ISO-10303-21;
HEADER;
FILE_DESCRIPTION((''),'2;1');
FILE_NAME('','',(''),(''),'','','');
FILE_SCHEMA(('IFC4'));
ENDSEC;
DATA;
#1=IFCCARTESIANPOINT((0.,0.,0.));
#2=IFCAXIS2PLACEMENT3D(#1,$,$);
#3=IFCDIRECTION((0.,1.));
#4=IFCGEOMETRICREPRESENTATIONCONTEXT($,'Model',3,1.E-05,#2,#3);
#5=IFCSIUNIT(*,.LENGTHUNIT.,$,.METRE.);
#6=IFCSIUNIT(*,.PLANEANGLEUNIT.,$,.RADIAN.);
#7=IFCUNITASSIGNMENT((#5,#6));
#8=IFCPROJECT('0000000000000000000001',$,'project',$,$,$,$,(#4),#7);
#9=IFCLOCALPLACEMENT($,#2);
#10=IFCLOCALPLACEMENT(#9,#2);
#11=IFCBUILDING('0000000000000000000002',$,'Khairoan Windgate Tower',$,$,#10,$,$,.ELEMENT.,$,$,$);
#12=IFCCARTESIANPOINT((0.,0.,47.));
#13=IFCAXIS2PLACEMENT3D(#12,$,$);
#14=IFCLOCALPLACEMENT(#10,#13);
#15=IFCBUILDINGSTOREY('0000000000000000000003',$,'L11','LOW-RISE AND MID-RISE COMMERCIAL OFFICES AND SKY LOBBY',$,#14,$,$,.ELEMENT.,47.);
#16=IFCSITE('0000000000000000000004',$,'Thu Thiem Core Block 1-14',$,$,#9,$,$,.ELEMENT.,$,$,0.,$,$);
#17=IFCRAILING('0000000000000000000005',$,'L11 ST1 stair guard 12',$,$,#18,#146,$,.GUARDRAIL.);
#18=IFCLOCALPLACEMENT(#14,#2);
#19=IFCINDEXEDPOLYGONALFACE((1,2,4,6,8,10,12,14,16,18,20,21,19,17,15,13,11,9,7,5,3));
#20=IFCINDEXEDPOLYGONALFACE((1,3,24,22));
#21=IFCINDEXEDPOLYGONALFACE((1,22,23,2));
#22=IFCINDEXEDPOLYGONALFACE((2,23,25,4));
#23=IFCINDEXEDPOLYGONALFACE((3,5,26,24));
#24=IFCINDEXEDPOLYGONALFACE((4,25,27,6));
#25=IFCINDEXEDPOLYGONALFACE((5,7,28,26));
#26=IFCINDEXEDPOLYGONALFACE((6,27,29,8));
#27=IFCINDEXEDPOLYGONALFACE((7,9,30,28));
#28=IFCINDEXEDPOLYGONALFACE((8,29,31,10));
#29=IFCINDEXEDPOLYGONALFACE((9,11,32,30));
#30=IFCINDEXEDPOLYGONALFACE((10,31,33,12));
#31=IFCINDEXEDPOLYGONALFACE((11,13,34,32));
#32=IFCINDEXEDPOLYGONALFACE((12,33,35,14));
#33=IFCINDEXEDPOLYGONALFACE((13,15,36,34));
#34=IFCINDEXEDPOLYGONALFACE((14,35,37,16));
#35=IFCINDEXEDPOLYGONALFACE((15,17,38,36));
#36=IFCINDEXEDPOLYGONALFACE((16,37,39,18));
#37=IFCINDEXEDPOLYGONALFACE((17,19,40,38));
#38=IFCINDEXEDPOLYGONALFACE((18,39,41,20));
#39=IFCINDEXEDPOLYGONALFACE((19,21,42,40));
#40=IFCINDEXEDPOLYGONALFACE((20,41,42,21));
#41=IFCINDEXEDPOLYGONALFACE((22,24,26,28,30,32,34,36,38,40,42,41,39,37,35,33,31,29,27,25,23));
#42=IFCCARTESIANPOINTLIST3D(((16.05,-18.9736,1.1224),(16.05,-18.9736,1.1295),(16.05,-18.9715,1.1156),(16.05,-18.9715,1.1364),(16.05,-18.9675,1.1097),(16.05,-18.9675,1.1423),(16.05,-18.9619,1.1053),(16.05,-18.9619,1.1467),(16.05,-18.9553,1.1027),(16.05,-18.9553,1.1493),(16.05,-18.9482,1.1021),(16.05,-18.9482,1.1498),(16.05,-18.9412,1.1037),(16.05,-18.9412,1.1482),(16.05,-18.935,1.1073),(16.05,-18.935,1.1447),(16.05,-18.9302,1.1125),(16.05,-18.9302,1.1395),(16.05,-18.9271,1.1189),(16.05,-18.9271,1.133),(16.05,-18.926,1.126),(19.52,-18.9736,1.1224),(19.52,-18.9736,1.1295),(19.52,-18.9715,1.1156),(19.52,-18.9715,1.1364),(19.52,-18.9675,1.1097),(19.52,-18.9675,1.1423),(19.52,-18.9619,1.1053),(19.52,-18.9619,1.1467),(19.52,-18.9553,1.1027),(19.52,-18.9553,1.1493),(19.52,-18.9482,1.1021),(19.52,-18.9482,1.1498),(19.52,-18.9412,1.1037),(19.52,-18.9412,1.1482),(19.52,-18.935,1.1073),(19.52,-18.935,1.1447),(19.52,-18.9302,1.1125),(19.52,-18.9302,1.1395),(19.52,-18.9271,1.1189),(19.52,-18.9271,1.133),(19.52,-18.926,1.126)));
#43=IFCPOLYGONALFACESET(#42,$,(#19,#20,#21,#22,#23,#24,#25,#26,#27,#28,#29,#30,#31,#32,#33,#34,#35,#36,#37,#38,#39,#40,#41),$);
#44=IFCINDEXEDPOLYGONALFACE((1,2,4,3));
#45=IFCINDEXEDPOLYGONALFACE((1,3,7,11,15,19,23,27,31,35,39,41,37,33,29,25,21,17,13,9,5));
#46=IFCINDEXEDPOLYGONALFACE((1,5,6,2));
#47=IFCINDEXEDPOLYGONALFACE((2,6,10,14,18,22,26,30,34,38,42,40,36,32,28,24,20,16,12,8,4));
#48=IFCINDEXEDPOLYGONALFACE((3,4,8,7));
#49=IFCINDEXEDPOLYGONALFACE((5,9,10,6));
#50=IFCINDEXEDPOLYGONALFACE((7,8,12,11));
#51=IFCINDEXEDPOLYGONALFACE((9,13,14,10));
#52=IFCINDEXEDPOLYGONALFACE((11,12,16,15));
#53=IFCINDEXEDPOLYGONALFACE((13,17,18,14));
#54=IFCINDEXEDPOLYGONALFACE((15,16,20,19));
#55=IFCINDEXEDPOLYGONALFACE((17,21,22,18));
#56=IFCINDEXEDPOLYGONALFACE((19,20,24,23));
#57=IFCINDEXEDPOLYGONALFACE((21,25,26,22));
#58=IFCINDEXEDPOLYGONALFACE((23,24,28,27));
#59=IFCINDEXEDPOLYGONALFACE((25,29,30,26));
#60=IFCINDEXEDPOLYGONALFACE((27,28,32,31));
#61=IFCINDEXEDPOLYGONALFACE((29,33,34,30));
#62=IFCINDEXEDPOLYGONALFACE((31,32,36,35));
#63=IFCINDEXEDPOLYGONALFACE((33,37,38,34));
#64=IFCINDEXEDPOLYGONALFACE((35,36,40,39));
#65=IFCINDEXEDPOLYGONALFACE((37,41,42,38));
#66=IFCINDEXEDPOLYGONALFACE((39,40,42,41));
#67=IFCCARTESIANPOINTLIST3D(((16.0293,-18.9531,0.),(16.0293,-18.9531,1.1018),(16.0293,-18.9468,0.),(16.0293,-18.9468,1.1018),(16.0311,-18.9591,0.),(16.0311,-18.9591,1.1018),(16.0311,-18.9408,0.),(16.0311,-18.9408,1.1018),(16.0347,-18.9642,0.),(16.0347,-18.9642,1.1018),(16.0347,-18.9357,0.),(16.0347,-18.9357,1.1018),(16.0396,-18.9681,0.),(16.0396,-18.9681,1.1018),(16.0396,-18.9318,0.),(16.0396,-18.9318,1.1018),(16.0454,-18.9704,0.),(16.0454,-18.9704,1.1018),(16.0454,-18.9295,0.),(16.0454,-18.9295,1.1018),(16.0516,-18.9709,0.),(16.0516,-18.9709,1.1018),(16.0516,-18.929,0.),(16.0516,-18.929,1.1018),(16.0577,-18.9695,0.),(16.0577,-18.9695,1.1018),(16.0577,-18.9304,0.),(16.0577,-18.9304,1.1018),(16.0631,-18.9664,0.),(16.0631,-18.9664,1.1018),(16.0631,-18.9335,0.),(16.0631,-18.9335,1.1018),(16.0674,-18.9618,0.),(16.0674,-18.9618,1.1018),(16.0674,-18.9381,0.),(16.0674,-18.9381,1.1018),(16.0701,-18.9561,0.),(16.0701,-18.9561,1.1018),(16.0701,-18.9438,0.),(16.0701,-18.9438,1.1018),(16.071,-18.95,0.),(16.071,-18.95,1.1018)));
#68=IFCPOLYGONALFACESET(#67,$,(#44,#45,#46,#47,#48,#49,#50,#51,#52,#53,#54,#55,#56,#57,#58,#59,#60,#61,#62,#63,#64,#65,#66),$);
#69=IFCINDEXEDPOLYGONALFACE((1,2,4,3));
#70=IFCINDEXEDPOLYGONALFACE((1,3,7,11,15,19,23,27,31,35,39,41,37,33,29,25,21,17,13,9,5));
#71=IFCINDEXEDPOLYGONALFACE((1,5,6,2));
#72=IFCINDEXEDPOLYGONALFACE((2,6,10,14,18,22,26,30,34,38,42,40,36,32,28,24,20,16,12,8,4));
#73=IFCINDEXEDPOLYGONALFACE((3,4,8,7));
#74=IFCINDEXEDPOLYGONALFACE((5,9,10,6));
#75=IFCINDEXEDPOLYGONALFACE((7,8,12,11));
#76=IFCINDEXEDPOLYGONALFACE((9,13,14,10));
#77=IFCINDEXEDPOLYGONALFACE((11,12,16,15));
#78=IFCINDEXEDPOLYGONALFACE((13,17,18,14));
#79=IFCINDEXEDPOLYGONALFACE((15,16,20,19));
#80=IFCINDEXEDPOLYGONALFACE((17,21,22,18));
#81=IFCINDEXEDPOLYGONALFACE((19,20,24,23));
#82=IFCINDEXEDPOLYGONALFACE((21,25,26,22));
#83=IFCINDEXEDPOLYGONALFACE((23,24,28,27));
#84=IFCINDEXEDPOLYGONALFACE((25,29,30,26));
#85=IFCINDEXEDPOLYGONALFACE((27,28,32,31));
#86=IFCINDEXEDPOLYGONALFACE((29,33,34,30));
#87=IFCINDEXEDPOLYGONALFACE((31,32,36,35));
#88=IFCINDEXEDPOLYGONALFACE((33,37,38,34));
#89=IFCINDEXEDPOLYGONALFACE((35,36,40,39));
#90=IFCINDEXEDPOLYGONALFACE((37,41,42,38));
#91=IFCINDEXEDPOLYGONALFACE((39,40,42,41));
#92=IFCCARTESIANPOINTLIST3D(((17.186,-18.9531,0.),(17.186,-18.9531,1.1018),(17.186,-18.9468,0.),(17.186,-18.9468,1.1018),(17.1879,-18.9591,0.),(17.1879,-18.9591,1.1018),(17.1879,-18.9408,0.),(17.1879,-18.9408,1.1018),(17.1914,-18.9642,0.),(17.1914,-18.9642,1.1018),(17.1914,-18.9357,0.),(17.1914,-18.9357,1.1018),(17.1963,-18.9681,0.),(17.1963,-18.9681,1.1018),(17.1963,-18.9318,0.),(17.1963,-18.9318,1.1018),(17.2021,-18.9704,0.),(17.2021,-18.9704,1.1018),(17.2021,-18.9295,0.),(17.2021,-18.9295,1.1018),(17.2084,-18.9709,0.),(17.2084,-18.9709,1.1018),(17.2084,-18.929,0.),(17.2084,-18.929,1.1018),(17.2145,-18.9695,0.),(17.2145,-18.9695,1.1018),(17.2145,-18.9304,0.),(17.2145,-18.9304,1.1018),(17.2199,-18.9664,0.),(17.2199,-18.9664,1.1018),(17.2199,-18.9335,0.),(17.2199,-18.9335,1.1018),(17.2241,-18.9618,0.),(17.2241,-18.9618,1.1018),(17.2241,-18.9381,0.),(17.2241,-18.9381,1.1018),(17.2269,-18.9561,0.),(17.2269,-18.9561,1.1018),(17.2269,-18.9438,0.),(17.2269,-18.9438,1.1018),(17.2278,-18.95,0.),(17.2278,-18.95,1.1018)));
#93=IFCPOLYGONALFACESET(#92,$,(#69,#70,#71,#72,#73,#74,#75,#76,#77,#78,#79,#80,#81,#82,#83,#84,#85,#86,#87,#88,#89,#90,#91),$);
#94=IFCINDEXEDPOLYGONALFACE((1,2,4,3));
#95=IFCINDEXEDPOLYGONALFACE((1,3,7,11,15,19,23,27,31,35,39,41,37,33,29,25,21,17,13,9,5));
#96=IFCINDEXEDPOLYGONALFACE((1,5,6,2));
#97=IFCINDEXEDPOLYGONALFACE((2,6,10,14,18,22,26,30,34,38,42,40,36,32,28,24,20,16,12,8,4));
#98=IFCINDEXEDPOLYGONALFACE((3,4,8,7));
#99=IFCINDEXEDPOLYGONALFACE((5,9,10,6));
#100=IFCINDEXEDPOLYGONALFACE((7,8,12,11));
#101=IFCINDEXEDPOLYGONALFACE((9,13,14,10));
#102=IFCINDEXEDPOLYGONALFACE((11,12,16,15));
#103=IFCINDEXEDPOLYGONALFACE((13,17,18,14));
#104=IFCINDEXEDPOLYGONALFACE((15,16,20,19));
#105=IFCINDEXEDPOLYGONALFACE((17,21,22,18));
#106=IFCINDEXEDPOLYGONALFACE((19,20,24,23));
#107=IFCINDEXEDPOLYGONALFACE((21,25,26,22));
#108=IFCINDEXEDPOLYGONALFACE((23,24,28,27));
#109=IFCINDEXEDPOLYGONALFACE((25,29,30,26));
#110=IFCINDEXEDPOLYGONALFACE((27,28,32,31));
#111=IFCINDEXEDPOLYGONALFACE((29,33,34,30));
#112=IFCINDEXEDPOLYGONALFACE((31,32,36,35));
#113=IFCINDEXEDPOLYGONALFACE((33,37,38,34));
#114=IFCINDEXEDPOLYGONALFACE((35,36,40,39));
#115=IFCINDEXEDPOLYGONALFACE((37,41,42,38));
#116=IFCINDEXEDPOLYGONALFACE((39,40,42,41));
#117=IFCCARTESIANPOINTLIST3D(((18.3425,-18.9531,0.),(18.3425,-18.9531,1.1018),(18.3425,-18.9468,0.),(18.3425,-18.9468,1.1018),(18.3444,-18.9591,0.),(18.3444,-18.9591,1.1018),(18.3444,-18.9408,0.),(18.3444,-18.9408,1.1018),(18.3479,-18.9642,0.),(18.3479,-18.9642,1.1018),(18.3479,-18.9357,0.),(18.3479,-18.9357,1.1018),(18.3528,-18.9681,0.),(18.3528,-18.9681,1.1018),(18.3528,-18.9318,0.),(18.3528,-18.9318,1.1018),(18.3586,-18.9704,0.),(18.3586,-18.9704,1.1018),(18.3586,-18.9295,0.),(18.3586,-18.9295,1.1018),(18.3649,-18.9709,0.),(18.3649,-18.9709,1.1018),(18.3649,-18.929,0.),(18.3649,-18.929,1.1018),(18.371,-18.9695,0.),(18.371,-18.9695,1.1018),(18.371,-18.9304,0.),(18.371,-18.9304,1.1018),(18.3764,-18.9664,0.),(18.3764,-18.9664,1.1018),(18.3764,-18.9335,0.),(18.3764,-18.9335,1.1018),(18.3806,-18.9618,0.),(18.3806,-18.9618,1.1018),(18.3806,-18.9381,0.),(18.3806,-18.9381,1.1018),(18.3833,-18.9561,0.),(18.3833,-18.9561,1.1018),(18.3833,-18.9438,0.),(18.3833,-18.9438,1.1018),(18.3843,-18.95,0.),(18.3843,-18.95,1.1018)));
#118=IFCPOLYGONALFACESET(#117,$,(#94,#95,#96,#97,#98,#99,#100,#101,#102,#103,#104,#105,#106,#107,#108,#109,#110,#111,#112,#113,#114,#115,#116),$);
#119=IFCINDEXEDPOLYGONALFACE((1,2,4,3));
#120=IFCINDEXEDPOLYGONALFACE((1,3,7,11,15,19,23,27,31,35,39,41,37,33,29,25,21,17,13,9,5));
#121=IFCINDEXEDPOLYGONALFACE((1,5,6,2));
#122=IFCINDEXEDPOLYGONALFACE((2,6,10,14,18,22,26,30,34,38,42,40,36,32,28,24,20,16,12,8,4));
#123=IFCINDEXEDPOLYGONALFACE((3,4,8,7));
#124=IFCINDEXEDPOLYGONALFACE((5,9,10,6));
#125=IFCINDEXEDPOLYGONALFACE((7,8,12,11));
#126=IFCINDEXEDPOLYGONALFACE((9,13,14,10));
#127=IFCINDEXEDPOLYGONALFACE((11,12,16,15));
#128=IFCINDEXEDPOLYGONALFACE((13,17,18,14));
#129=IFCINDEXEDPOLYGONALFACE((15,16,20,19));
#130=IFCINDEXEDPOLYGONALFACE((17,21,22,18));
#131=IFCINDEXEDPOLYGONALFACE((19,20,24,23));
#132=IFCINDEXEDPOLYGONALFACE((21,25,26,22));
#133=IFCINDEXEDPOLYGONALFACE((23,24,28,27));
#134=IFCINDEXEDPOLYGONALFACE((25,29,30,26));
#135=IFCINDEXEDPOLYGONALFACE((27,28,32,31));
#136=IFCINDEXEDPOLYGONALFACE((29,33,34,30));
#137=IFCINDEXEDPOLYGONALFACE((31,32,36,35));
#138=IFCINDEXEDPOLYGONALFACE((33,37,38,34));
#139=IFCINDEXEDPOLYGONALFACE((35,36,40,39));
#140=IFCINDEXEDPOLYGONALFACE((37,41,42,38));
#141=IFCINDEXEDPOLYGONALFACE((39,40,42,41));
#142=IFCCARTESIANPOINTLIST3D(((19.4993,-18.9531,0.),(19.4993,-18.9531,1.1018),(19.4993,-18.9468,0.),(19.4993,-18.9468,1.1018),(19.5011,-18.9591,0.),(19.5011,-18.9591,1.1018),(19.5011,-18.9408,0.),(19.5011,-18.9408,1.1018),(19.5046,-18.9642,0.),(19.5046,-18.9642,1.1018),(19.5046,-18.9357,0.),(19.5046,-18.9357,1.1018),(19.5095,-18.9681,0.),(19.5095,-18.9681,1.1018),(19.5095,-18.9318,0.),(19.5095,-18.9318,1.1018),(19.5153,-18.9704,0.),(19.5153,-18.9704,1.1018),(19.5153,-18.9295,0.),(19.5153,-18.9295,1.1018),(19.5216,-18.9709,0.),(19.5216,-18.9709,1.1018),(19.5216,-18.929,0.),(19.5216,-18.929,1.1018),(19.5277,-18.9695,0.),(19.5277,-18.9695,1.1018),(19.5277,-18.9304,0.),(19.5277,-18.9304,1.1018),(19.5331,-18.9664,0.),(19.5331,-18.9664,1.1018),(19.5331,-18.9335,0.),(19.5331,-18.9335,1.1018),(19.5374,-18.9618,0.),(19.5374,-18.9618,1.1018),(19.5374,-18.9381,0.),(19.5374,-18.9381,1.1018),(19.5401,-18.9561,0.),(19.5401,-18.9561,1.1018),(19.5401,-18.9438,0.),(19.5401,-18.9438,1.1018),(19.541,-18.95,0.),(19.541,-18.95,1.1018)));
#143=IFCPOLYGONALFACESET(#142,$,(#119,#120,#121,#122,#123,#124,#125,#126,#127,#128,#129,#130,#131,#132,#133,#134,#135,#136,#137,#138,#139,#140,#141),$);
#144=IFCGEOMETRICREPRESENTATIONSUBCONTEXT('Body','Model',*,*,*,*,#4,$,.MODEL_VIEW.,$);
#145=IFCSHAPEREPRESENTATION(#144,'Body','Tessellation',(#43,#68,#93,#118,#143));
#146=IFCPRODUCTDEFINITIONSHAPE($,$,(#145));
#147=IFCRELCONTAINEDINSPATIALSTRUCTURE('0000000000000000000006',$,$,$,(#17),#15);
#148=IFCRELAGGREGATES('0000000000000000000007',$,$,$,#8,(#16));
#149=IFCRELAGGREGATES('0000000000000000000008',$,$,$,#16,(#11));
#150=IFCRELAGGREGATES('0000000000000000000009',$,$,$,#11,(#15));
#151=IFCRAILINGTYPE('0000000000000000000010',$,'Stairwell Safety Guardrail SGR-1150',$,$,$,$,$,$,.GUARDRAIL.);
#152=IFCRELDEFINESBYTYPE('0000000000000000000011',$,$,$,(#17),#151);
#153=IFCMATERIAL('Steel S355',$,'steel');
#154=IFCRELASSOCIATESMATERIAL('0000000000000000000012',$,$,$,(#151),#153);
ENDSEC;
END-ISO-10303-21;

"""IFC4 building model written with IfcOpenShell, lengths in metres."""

from ifc_helpers import new_model, si_unit, direction, frame, origin, origin_2d, place, context, subcontext, project, spatial, circle, extrude, material, type_object, element, save


model = new_model("IFC4")

# Units and contexts
model_context = context("Model", 3, precision=1e-05, world=origin(), true_north=direction((0.0, 1.0)))
body_context = subcontext(model_context, "Body", "Model", "MODEL_VIEW")
ifc_project = project(units=[si_unit("LENGTHUNIT", "METRE"), si_unit("PLANEANGLEUNIT", "RADIAN")], contexts=[model_context])

# Site, building, storey
site_placement = place(None, origin())
building_placement = place(site_placement, origin())
storey_placement = place(building_placement, frame((0.0, 0.0, 47.0)))
site = spatial("IfcSite", under=ifc_project, at=site_placement, Name="Thu Thiem Core Block 1-14", CompositionType="ELEMENT", RefElevation=0.0)
building = spatial("IfcBuilding", under=site, at=building_placement, Name="Khairoan Windgate Tower", CompositionType="ELEMENT")
storey = spatial("IfcBuildingStorey", under=building, at=storey_placement, Name="L11", Description="LOW-RISE AND MID-RISE COMMERCIAL OFFICES AND SKY LOBBY", CompositionType="ELEMENT", Elevation=47.0)

# Railing
ifc_material_1 = material(Name="Steel S355", Category="steel")
railing_type = type_object("IfcRailingType", Name="Stairwell Safety Guardrail SGR-1150", PredefinedType="GUARDRAIL", material=ifc_material_1)
railing_placement = place(storey_placement, frame((16.05, -18.95, 0.0)))
element("IfcRailing", 1, at=railing_placement, inside=storey, type_object=railing_type, Name="L11 ST1 stair guard 12", PredefinedType="GUARDRAIL", context=body_context, shape_type="SweptSolid", body=[
    extrude(circle(Radius=0.0239, at=origin_2d()), frame((0.0, 0.0, 1.126), z_axis=(1.0, 0.0, 0.0), x_axis=(0.0, 1.0, 0.0)), (0.0, 0.0, 1.0), 3.47),
    extrude(circle(Radius=0.021, at=origin_2d()), origin(), (0.0, 0.0, 1.0), 1.1018),
    extrude(circle(Radius=0.021, at=origin_2d()), frame((1.1567, 0.0, 0.0)), (0.0, 0.0, 1.0), 1.1018),
    extrude(circle(Radius=0.021, at=origin_2d()), frame((2.3132, 0.0, 0.0)), (0.0, 0.0, 1.0), 1.1018),
    extrude(circle(Radius=0.021, at=origin_2d()), frame((3.47, 0.0, 0.0)), (0.0, 0.0, 1.0), 1.1018),
])

save(model, "model.ifc")
